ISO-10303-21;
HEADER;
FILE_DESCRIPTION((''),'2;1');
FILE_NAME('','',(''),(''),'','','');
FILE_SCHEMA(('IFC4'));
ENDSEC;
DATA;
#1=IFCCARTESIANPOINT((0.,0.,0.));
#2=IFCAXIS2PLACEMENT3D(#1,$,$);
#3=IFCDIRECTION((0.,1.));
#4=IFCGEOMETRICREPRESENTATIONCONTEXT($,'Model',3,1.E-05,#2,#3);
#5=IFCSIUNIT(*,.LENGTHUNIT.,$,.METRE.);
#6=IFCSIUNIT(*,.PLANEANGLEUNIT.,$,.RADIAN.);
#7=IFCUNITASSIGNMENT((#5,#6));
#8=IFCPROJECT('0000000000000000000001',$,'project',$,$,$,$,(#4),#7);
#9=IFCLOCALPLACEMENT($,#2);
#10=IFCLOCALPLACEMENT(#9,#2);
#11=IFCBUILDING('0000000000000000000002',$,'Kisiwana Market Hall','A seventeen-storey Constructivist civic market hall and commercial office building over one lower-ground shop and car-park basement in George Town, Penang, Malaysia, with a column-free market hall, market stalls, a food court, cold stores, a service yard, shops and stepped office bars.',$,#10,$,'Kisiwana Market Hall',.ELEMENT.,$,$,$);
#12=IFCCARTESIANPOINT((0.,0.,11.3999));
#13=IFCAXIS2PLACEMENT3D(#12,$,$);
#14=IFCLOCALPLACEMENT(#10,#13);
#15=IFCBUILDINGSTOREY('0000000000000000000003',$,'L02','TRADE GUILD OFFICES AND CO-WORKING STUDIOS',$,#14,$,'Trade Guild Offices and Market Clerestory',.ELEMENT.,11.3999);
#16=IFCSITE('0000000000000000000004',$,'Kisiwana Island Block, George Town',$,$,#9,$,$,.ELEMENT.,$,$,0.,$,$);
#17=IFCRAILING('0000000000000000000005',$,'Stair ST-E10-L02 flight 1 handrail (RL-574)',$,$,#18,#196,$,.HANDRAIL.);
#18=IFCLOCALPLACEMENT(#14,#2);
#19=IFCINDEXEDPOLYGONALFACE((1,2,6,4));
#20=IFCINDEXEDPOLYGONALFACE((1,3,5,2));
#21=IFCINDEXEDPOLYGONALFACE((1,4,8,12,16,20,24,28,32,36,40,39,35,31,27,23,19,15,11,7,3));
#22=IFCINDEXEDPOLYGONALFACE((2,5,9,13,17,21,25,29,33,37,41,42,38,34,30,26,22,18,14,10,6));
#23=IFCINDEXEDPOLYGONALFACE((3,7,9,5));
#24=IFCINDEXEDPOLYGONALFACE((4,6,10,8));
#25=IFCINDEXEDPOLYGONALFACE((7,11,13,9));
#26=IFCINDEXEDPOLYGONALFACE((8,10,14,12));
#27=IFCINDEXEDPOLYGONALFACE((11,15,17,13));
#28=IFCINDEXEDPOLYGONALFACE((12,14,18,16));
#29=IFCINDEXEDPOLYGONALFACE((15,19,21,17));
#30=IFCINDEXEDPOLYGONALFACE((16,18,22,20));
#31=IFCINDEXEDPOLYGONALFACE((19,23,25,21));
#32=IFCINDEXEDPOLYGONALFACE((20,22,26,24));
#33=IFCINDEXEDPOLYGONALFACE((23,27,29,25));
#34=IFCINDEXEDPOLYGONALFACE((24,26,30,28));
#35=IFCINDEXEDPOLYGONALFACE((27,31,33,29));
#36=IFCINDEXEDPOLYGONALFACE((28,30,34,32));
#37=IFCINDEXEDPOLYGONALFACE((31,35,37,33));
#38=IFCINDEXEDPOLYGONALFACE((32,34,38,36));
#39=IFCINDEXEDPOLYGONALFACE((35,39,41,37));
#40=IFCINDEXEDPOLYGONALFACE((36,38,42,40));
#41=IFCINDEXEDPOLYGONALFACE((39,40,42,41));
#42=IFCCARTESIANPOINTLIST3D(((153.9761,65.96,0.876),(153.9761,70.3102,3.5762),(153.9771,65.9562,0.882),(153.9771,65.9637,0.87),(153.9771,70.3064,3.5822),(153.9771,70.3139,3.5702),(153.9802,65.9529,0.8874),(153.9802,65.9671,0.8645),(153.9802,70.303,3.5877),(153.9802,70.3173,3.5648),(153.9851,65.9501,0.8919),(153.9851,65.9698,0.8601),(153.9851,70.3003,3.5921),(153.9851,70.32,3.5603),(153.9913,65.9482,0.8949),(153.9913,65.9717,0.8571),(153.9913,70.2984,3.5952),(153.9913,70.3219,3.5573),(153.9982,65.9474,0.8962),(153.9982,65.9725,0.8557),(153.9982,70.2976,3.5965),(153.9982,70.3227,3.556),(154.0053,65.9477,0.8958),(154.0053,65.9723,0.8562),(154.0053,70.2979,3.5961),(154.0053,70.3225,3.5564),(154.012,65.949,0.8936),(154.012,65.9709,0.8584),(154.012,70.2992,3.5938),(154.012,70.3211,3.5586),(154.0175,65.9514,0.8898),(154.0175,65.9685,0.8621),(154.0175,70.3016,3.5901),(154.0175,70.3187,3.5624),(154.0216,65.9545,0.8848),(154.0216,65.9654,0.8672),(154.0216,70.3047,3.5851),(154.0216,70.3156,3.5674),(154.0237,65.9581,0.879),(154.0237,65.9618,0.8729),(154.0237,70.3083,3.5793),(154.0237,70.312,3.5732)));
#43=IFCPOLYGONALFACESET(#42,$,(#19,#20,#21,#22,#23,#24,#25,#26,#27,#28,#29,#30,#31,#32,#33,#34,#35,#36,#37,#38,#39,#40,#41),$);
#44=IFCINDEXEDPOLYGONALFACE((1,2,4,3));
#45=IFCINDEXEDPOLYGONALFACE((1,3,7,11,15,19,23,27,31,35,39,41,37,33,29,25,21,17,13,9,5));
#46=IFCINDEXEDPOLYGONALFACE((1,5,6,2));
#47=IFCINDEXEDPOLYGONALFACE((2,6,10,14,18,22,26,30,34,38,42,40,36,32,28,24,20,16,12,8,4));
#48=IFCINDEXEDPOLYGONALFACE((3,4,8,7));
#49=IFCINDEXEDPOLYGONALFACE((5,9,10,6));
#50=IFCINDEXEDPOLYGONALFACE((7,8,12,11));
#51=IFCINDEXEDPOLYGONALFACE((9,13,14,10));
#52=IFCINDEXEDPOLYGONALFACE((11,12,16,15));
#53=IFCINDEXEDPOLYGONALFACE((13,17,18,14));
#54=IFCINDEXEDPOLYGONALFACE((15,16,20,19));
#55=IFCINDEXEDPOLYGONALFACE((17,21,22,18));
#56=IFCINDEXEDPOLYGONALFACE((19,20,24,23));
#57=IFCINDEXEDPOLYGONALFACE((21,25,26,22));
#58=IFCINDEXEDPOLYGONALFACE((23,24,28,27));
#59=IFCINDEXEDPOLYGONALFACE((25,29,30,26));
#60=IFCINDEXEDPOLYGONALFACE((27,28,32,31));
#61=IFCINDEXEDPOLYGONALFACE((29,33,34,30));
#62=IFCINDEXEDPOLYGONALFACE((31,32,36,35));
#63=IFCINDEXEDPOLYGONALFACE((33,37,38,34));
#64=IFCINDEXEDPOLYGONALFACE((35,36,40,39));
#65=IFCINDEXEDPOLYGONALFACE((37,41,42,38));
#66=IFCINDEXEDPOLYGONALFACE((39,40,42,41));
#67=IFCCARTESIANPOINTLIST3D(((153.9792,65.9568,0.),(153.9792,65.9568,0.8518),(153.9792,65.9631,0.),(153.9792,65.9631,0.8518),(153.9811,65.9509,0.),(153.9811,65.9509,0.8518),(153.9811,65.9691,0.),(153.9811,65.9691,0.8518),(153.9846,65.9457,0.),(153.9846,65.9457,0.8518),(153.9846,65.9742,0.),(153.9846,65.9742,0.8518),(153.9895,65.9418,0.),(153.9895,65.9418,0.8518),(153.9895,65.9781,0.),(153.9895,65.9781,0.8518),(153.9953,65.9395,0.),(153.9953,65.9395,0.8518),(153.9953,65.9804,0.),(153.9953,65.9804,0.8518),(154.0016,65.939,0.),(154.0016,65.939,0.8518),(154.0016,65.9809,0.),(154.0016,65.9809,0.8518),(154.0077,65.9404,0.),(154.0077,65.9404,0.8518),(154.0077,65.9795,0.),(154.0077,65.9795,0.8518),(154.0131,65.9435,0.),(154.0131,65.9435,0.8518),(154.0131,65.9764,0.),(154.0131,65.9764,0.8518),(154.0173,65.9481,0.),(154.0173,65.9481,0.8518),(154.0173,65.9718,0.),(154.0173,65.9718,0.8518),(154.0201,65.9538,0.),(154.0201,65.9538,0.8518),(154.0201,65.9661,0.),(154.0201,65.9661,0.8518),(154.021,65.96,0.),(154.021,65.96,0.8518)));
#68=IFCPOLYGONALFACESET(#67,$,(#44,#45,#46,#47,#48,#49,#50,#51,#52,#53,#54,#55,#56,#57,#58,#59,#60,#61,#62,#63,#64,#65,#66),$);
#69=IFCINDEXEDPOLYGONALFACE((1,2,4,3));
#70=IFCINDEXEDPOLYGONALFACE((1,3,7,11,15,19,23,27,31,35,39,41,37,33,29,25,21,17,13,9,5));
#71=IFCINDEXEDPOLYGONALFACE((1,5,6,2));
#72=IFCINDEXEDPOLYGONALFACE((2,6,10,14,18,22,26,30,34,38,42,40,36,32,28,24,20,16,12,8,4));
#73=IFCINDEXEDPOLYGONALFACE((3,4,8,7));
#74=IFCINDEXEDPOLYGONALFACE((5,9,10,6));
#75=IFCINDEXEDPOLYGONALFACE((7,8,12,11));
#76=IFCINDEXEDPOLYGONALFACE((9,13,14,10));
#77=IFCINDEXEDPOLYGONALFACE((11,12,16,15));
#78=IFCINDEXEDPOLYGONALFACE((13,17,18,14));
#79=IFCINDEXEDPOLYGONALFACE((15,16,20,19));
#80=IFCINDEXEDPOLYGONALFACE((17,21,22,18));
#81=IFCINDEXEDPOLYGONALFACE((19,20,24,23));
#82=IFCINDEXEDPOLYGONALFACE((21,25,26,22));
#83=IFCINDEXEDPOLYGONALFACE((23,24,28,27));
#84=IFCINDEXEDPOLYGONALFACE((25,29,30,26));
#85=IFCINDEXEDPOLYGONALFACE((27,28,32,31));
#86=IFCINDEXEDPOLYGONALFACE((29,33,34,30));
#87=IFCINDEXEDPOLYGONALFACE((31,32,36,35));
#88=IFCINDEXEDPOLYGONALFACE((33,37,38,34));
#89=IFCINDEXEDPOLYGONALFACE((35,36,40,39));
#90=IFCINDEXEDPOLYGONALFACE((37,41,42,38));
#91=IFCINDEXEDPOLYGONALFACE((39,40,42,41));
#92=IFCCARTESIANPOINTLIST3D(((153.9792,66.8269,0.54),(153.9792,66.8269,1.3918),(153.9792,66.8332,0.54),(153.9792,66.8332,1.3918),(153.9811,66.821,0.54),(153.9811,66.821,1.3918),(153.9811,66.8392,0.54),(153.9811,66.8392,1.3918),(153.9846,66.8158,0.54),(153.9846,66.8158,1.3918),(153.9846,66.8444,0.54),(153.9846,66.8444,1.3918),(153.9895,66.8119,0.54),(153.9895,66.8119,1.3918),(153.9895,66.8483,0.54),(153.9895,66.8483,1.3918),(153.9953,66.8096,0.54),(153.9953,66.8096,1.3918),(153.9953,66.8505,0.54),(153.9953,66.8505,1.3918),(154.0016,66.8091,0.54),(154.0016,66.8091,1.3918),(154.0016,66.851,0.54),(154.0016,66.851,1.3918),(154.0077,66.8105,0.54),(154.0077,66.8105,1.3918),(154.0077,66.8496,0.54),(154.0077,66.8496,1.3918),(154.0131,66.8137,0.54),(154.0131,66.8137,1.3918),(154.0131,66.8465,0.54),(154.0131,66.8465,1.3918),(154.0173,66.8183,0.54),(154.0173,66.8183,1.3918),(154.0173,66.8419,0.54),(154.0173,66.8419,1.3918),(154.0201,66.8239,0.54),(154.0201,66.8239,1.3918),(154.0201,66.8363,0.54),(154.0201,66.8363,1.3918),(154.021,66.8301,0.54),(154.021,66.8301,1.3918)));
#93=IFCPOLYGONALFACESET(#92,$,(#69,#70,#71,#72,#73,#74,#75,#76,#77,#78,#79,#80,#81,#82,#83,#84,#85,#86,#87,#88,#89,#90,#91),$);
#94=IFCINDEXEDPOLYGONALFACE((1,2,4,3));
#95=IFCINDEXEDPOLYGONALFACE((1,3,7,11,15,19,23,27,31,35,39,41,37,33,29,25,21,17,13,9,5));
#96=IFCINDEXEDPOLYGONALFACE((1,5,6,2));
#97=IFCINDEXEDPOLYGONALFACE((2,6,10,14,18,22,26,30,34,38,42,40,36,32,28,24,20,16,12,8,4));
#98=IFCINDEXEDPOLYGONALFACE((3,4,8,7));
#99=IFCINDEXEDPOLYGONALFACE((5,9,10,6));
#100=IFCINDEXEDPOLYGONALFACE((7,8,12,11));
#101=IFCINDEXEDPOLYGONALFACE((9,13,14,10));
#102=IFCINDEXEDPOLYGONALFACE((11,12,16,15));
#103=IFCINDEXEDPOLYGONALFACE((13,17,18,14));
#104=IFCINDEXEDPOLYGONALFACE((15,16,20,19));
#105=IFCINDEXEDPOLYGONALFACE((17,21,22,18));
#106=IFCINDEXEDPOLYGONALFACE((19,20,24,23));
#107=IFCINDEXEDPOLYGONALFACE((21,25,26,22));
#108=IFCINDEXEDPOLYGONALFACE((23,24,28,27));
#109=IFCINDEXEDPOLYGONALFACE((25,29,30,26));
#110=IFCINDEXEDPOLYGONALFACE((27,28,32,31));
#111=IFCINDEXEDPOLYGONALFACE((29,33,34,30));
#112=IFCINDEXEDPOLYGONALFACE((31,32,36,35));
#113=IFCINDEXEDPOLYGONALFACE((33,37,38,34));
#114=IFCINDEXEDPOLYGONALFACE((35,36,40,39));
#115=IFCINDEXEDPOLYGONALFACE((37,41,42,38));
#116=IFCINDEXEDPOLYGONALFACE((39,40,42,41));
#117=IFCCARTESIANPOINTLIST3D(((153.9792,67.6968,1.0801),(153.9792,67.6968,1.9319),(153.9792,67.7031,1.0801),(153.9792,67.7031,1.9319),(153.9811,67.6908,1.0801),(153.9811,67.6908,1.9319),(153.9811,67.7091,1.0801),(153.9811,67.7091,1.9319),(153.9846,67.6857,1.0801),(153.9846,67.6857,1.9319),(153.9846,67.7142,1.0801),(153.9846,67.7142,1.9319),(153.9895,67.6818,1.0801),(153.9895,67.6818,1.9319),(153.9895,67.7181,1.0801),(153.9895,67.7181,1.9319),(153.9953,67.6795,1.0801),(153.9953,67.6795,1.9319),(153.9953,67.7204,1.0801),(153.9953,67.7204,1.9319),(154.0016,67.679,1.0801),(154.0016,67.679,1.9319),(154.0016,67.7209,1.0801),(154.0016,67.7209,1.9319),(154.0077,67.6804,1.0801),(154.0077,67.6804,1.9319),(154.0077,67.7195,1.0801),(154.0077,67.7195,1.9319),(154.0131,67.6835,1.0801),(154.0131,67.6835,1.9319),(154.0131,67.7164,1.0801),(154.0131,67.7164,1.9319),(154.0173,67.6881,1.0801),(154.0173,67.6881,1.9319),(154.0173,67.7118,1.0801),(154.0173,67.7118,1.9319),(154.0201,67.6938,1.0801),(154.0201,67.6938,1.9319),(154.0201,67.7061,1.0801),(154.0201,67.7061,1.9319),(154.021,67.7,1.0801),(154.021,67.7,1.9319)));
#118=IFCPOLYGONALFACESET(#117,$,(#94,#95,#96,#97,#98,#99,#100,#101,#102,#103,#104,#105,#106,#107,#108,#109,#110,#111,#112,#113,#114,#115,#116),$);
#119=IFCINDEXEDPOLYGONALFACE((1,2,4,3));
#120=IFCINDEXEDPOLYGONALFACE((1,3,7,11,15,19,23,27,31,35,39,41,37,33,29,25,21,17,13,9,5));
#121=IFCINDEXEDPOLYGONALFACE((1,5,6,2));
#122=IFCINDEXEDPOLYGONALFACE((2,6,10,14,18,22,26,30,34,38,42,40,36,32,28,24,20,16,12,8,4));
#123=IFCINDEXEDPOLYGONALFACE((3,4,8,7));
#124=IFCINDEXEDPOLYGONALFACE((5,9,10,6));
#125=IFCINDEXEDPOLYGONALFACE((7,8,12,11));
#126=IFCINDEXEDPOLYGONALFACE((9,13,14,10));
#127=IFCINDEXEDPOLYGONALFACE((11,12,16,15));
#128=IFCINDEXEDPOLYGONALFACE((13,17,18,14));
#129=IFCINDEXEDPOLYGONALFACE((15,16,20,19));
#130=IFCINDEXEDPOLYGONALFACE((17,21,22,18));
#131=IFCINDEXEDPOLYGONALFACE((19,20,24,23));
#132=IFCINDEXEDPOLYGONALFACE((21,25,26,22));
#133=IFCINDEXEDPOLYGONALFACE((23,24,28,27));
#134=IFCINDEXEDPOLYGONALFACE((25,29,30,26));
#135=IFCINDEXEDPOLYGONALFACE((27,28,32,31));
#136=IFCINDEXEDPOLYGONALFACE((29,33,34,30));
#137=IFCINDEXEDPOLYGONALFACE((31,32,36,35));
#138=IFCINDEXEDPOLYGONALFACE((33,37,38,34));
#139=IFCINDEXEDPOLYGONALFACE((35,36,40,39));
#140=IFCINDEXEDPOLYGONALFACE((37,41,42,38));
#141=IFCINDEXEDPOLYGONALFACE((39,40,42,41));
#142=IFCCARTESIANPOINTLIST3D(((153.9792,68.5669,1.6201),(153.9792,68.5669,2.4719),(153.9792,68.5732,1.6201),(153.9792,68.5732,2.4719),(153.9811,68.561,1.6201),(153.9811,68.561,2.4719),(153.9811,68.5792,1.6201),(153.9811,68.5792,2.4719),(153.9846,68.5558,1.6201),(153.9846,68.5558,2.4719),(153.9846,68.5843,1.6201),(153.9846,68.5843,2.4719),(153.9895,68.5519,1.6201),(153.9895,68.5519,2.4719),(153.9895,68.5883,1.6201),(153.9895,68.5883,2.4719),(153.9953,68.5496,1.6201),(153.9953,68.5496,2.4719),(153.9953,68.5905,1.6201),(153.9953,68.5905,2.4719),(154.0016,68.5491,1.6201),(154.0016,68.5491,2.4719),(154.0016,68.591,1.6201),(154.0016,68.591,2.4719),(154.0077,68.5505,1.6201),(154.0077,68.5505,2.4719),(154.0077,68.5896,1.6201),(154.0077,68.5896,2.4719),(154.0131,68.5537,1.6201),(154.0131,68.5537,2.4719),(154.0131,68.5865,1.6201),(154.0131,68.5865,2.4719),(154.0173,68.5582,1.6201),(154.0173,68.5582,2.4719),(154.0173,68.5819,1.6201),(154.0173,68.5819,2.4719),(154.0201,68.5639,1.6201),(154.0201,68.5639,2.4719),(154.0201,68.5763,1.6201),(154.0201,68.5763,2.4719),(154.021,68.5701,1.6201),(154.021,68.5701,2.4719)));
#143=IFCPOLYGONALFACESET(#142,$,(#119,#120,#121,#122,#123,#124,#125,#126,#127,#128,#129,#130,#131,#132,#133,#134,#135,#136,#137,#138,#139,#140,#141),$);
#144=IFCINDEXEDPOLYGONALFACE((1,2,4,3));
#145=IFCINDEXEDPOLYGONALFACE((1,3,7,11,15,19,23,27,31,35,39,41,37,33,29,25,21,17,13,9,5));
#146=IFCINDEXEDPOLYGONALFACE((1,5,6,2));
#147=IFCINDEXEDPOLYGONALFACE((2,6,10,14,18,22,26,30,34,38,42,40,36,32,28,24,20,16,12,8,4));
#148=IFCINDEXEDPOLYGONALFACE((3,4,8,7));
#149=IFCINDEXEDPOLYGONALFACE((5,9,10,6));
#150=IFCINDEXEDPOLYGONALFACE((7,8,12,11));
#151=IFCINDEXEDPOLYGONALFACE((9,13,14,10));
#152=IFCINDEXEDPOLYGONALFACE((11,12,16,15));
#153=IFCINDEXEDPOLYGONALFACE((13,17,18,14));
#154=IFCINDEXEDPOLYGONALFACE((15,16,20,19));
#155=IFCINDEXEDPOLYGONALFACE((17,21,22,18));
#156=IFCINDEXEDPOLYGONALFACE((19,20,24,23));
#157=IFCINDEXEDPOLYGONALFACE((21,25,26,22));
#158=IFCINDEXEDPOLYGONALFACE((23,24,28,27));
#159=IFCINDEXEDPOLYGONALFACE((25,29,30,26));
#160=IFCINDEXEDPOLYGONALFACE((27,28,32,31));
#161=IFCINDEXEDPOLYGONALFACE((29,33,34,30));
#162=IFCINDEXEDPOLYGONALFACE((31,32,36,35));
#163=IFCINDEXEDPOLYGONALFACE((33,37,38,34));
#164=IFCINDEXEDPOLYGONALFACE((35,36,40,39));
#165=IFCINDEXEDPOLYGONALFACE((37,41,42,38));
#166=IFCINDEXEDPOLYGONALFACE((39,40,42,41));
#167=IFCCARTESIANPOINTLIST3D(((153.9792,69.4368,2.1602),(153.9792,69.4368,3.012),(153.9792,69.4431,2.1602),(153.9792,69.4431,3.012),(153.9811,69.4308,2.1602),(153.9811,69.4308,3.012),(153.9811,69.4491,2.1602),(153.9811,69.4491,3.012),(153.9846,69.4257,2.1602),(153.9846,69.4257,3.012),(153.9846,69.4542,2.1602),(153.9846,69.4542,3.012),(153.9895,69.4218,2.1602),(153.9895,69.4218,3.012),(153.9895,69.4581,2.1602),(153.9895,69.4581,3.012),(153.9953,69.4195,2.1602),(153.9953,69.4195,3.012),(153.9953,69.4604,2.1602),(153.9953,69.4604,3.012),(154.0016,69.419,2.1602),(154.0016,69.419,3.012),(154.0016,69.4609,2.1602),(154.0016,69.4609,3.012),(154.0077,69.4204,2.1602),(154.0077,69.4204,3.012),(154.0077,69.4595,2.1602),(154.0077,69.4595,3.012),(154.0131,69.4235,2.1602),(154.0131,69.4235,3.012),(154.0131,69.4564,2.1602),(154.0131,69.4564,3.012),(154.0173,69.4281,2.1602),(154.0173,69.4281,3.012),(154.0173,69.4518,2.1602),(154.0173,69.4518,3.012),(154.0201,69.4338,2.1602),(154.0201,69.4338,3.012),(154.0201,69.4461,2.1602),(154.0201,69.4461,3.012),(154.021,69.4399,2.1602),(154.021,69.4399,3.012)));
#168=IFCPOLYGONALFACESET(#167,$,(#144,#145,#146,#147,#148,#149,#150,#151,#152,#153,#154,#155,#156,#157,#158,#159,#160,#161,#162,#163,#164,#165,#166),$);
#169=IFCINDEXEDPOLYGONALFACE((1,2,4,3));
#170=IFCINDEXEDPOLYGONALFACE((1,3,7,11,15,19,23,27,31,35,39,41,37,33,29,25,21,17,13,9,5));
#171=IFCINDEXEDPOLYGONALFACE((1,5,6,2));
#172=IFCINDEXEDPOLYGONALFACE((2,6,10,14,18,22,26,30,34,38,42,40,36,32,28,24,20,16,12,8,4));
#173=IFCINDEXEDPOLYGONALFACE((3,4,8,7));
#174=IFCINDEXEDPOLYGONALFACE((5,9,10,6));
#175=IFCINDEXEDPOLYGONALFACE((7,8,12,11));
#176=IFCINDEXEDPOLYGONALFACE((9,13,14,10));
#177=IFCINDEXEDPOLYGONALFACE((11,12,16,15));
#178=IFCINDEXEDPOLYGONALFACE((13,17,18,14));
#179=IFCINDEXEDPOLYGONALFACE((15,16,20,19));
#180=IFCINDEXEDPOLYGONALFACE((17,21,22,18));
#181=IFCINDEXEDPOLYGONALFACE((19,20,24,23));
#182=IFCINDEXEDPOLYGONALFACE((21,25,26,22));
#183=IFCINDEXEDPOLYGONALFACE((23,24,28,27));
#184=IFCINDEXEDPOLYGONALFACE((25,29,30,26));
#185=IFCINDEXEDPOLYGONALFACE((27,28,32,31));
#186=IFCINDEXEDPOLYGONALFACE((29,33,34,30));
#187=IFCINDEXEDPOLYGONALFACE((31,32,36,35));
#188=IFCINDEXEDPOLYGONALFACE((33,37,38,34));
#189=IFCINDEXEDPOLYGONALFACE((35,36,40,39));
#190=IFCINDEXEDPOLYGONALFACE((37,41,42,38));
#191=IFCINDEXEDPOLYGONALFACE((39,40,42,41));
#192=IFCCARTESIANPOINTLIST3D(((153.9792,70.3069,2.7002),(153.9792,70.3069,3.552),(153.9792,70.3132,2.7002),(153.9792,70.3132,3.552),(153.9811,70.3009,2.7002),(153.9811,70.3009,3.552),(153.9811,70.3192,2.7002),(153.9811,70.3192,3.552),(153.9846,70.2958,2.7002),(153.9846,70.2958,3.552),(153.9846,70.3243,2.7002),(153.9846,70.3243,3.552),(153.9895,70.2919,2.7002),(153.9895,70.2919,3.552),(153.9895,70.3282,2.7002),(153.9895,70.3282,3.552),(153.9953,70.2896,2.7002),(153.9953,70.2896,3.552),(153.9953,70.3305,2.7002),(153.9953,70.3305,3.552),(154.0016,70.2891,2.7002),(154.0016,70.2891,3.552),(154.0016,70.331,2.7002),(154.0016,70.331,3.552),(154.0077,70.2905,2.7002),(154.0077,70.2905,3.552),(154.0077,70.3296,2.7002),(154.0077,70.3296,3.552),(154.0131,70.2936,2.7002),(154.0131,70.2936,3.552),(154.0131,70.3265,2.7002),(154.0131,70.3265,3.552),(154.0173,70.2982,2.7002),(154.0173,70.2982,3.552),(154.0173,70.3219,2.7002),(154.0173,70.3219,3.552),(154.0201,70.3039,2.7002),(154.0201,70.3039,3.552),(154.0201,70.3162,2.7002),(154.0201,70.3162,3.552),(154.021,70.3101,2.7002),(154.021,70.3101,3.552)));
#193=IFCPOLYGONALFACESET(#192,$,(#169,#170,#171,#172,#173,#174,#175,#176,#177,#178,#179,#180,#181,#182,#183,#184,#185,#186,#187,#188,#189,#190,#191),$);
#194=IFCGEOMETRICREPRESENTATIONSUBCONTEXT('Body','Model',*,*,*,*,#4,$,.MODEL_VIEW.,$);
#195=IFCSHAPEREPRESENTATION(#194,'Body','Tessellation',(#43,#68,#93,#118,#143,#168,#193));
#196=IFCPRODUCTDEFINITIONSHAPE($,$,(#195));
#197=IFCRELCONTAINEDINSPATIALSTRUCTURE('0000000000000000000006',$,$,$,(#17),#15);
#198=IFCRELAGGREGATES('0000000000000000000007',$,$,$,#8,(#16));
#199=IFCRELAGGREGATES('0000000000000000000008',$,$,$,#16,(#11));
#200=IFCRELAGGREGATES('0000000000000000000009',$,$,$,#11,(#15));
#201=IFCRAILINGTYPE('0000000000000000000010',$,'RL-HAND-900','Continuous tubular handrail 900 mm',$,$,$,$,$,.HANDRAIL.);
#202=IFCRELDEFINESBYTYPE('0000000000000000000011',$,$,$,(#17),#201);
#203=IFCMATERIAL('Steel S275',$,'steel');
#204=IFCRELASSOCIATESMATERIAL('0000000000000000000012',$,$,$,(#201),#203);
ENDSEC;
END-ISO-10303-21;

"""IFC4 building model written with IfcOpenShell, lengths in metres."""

from ifc_helpers import new_model, si_unit, direction, frame, origin, origin_2d, place, context, subcontext, project, spatial, circle, extrude, material, type_object, element, save


model = new_model("IFC4")

# Units and contexts
model_context = context("Model", 3, precision=1e-05, world=origin(), true_north=direction((0.0, 1.0)))
body_context = subcontext(model_context, "Body", "Model", "MODEL_VIEW")
ifc_project = project(units=[si_unit("LENGTHUNIT", "METRE"), si_unit("PLANEANGLEUNIT", "RADIAN")], contexts=[model_context])

# Site, building, storey
site_placement = place(None, origin())
site = spatial("IfcSite", under=ifc_project, at=site_placement, Name="Kisiwana Island Block, George Town", CompositionType="ELEMENT", RefElevation=0.0)
building_placement = place(site_placement, origin())
building = spatial("IfcBuilding", under=site, at=building_placement, Name="Kisiwana Market Hall", Description="A seventeen-storey Constructivist civic market hall and commercial office building over one lower-ground shop and car-park basement in George Town, Penang, Malaysia, with a column-free market hall, market stalls, a food court, cold stores, a service yard, shops and stepped office bars.", LongName="Kisiwana Market Hall", CompositionType="ELEMENT")
storey_placement = place(building_placement, frame((0.0, 0.0, 11.3999)))
storey = spatial("IfcBuildingStorey", under=building, at=storey_placement, Name="L02", Description="TRADE GUILD OFFICES AND CO-WORKING STUDIOS", LongName="Trade Guild Offices and Market Clerestory", CompositionType="ELEMENT", Elevation=11.3999)

# Railing
ifc_material_1 = material(Name="Steel S275", Category="steel")
railing_type_1 = type_object("IfcRailingType", Name="RL-HAND-900", Description="Continuous tubular handrail 900 mm", PredefinedType="HANDRAIL", material=ifc_material_1)
railing_1_placement = place(storey_placement, frame((154.0, 65.96, 0.0)))
element("IfcRailing", 1, at=railing_1_placement, inside=storey, type_object=railing_type_1, Name="Stair ST-E10-L02 flight 1 handrail (RL-574)", PredefinedType="HANDRAIL", context=body_context, shape_type="SweptSolid", body=[
    extrude(circle(Radius=0.0239, at=origin_2d()), frame((0.0, 0.0, 0.876), z_axis=(0.0, 0.849628, 0.527382), x_axis=(-1.0, 0.0, 0.0)), (0.0, 0.0, 1.0), 5.1201),
    extrude(circle(Radius=0.021, at=origin_2d()), origin(), (0.0, 0.0, 1.0), 0.8518),
    extrude(circle(Radius=0.021, at=origin_2d()), frame((0.0, 0.8701, 0.54)), (0.0, 0.0, 1.0), 0.8518),
    extrude(circle(Radius=0.021, at=origin_2d()), frame((0.0, 1.74, 1.0801)), (0.0, 0.0, 1.0), 0.8518),
    extrude(circle(Radius=0.021, at=origin_2d()), frame((0.0, 2.6101, 1.6201)), (0.0, 0.0, 1.0), 0.8518),
    extrude(circle(Radius=0.021, at=origin_2d()), frame((0.0, 3.48, 2.1602)), (0.0, 0.0, 1.0), 0.8518),
    extrude(circle(Radius=0.021, at=origin_2d()), frame((0.0, 4.3501, 2.7002)), (0.0, 0.0, 1.0), 0.8518),
])

save(model, "model.ifc")
